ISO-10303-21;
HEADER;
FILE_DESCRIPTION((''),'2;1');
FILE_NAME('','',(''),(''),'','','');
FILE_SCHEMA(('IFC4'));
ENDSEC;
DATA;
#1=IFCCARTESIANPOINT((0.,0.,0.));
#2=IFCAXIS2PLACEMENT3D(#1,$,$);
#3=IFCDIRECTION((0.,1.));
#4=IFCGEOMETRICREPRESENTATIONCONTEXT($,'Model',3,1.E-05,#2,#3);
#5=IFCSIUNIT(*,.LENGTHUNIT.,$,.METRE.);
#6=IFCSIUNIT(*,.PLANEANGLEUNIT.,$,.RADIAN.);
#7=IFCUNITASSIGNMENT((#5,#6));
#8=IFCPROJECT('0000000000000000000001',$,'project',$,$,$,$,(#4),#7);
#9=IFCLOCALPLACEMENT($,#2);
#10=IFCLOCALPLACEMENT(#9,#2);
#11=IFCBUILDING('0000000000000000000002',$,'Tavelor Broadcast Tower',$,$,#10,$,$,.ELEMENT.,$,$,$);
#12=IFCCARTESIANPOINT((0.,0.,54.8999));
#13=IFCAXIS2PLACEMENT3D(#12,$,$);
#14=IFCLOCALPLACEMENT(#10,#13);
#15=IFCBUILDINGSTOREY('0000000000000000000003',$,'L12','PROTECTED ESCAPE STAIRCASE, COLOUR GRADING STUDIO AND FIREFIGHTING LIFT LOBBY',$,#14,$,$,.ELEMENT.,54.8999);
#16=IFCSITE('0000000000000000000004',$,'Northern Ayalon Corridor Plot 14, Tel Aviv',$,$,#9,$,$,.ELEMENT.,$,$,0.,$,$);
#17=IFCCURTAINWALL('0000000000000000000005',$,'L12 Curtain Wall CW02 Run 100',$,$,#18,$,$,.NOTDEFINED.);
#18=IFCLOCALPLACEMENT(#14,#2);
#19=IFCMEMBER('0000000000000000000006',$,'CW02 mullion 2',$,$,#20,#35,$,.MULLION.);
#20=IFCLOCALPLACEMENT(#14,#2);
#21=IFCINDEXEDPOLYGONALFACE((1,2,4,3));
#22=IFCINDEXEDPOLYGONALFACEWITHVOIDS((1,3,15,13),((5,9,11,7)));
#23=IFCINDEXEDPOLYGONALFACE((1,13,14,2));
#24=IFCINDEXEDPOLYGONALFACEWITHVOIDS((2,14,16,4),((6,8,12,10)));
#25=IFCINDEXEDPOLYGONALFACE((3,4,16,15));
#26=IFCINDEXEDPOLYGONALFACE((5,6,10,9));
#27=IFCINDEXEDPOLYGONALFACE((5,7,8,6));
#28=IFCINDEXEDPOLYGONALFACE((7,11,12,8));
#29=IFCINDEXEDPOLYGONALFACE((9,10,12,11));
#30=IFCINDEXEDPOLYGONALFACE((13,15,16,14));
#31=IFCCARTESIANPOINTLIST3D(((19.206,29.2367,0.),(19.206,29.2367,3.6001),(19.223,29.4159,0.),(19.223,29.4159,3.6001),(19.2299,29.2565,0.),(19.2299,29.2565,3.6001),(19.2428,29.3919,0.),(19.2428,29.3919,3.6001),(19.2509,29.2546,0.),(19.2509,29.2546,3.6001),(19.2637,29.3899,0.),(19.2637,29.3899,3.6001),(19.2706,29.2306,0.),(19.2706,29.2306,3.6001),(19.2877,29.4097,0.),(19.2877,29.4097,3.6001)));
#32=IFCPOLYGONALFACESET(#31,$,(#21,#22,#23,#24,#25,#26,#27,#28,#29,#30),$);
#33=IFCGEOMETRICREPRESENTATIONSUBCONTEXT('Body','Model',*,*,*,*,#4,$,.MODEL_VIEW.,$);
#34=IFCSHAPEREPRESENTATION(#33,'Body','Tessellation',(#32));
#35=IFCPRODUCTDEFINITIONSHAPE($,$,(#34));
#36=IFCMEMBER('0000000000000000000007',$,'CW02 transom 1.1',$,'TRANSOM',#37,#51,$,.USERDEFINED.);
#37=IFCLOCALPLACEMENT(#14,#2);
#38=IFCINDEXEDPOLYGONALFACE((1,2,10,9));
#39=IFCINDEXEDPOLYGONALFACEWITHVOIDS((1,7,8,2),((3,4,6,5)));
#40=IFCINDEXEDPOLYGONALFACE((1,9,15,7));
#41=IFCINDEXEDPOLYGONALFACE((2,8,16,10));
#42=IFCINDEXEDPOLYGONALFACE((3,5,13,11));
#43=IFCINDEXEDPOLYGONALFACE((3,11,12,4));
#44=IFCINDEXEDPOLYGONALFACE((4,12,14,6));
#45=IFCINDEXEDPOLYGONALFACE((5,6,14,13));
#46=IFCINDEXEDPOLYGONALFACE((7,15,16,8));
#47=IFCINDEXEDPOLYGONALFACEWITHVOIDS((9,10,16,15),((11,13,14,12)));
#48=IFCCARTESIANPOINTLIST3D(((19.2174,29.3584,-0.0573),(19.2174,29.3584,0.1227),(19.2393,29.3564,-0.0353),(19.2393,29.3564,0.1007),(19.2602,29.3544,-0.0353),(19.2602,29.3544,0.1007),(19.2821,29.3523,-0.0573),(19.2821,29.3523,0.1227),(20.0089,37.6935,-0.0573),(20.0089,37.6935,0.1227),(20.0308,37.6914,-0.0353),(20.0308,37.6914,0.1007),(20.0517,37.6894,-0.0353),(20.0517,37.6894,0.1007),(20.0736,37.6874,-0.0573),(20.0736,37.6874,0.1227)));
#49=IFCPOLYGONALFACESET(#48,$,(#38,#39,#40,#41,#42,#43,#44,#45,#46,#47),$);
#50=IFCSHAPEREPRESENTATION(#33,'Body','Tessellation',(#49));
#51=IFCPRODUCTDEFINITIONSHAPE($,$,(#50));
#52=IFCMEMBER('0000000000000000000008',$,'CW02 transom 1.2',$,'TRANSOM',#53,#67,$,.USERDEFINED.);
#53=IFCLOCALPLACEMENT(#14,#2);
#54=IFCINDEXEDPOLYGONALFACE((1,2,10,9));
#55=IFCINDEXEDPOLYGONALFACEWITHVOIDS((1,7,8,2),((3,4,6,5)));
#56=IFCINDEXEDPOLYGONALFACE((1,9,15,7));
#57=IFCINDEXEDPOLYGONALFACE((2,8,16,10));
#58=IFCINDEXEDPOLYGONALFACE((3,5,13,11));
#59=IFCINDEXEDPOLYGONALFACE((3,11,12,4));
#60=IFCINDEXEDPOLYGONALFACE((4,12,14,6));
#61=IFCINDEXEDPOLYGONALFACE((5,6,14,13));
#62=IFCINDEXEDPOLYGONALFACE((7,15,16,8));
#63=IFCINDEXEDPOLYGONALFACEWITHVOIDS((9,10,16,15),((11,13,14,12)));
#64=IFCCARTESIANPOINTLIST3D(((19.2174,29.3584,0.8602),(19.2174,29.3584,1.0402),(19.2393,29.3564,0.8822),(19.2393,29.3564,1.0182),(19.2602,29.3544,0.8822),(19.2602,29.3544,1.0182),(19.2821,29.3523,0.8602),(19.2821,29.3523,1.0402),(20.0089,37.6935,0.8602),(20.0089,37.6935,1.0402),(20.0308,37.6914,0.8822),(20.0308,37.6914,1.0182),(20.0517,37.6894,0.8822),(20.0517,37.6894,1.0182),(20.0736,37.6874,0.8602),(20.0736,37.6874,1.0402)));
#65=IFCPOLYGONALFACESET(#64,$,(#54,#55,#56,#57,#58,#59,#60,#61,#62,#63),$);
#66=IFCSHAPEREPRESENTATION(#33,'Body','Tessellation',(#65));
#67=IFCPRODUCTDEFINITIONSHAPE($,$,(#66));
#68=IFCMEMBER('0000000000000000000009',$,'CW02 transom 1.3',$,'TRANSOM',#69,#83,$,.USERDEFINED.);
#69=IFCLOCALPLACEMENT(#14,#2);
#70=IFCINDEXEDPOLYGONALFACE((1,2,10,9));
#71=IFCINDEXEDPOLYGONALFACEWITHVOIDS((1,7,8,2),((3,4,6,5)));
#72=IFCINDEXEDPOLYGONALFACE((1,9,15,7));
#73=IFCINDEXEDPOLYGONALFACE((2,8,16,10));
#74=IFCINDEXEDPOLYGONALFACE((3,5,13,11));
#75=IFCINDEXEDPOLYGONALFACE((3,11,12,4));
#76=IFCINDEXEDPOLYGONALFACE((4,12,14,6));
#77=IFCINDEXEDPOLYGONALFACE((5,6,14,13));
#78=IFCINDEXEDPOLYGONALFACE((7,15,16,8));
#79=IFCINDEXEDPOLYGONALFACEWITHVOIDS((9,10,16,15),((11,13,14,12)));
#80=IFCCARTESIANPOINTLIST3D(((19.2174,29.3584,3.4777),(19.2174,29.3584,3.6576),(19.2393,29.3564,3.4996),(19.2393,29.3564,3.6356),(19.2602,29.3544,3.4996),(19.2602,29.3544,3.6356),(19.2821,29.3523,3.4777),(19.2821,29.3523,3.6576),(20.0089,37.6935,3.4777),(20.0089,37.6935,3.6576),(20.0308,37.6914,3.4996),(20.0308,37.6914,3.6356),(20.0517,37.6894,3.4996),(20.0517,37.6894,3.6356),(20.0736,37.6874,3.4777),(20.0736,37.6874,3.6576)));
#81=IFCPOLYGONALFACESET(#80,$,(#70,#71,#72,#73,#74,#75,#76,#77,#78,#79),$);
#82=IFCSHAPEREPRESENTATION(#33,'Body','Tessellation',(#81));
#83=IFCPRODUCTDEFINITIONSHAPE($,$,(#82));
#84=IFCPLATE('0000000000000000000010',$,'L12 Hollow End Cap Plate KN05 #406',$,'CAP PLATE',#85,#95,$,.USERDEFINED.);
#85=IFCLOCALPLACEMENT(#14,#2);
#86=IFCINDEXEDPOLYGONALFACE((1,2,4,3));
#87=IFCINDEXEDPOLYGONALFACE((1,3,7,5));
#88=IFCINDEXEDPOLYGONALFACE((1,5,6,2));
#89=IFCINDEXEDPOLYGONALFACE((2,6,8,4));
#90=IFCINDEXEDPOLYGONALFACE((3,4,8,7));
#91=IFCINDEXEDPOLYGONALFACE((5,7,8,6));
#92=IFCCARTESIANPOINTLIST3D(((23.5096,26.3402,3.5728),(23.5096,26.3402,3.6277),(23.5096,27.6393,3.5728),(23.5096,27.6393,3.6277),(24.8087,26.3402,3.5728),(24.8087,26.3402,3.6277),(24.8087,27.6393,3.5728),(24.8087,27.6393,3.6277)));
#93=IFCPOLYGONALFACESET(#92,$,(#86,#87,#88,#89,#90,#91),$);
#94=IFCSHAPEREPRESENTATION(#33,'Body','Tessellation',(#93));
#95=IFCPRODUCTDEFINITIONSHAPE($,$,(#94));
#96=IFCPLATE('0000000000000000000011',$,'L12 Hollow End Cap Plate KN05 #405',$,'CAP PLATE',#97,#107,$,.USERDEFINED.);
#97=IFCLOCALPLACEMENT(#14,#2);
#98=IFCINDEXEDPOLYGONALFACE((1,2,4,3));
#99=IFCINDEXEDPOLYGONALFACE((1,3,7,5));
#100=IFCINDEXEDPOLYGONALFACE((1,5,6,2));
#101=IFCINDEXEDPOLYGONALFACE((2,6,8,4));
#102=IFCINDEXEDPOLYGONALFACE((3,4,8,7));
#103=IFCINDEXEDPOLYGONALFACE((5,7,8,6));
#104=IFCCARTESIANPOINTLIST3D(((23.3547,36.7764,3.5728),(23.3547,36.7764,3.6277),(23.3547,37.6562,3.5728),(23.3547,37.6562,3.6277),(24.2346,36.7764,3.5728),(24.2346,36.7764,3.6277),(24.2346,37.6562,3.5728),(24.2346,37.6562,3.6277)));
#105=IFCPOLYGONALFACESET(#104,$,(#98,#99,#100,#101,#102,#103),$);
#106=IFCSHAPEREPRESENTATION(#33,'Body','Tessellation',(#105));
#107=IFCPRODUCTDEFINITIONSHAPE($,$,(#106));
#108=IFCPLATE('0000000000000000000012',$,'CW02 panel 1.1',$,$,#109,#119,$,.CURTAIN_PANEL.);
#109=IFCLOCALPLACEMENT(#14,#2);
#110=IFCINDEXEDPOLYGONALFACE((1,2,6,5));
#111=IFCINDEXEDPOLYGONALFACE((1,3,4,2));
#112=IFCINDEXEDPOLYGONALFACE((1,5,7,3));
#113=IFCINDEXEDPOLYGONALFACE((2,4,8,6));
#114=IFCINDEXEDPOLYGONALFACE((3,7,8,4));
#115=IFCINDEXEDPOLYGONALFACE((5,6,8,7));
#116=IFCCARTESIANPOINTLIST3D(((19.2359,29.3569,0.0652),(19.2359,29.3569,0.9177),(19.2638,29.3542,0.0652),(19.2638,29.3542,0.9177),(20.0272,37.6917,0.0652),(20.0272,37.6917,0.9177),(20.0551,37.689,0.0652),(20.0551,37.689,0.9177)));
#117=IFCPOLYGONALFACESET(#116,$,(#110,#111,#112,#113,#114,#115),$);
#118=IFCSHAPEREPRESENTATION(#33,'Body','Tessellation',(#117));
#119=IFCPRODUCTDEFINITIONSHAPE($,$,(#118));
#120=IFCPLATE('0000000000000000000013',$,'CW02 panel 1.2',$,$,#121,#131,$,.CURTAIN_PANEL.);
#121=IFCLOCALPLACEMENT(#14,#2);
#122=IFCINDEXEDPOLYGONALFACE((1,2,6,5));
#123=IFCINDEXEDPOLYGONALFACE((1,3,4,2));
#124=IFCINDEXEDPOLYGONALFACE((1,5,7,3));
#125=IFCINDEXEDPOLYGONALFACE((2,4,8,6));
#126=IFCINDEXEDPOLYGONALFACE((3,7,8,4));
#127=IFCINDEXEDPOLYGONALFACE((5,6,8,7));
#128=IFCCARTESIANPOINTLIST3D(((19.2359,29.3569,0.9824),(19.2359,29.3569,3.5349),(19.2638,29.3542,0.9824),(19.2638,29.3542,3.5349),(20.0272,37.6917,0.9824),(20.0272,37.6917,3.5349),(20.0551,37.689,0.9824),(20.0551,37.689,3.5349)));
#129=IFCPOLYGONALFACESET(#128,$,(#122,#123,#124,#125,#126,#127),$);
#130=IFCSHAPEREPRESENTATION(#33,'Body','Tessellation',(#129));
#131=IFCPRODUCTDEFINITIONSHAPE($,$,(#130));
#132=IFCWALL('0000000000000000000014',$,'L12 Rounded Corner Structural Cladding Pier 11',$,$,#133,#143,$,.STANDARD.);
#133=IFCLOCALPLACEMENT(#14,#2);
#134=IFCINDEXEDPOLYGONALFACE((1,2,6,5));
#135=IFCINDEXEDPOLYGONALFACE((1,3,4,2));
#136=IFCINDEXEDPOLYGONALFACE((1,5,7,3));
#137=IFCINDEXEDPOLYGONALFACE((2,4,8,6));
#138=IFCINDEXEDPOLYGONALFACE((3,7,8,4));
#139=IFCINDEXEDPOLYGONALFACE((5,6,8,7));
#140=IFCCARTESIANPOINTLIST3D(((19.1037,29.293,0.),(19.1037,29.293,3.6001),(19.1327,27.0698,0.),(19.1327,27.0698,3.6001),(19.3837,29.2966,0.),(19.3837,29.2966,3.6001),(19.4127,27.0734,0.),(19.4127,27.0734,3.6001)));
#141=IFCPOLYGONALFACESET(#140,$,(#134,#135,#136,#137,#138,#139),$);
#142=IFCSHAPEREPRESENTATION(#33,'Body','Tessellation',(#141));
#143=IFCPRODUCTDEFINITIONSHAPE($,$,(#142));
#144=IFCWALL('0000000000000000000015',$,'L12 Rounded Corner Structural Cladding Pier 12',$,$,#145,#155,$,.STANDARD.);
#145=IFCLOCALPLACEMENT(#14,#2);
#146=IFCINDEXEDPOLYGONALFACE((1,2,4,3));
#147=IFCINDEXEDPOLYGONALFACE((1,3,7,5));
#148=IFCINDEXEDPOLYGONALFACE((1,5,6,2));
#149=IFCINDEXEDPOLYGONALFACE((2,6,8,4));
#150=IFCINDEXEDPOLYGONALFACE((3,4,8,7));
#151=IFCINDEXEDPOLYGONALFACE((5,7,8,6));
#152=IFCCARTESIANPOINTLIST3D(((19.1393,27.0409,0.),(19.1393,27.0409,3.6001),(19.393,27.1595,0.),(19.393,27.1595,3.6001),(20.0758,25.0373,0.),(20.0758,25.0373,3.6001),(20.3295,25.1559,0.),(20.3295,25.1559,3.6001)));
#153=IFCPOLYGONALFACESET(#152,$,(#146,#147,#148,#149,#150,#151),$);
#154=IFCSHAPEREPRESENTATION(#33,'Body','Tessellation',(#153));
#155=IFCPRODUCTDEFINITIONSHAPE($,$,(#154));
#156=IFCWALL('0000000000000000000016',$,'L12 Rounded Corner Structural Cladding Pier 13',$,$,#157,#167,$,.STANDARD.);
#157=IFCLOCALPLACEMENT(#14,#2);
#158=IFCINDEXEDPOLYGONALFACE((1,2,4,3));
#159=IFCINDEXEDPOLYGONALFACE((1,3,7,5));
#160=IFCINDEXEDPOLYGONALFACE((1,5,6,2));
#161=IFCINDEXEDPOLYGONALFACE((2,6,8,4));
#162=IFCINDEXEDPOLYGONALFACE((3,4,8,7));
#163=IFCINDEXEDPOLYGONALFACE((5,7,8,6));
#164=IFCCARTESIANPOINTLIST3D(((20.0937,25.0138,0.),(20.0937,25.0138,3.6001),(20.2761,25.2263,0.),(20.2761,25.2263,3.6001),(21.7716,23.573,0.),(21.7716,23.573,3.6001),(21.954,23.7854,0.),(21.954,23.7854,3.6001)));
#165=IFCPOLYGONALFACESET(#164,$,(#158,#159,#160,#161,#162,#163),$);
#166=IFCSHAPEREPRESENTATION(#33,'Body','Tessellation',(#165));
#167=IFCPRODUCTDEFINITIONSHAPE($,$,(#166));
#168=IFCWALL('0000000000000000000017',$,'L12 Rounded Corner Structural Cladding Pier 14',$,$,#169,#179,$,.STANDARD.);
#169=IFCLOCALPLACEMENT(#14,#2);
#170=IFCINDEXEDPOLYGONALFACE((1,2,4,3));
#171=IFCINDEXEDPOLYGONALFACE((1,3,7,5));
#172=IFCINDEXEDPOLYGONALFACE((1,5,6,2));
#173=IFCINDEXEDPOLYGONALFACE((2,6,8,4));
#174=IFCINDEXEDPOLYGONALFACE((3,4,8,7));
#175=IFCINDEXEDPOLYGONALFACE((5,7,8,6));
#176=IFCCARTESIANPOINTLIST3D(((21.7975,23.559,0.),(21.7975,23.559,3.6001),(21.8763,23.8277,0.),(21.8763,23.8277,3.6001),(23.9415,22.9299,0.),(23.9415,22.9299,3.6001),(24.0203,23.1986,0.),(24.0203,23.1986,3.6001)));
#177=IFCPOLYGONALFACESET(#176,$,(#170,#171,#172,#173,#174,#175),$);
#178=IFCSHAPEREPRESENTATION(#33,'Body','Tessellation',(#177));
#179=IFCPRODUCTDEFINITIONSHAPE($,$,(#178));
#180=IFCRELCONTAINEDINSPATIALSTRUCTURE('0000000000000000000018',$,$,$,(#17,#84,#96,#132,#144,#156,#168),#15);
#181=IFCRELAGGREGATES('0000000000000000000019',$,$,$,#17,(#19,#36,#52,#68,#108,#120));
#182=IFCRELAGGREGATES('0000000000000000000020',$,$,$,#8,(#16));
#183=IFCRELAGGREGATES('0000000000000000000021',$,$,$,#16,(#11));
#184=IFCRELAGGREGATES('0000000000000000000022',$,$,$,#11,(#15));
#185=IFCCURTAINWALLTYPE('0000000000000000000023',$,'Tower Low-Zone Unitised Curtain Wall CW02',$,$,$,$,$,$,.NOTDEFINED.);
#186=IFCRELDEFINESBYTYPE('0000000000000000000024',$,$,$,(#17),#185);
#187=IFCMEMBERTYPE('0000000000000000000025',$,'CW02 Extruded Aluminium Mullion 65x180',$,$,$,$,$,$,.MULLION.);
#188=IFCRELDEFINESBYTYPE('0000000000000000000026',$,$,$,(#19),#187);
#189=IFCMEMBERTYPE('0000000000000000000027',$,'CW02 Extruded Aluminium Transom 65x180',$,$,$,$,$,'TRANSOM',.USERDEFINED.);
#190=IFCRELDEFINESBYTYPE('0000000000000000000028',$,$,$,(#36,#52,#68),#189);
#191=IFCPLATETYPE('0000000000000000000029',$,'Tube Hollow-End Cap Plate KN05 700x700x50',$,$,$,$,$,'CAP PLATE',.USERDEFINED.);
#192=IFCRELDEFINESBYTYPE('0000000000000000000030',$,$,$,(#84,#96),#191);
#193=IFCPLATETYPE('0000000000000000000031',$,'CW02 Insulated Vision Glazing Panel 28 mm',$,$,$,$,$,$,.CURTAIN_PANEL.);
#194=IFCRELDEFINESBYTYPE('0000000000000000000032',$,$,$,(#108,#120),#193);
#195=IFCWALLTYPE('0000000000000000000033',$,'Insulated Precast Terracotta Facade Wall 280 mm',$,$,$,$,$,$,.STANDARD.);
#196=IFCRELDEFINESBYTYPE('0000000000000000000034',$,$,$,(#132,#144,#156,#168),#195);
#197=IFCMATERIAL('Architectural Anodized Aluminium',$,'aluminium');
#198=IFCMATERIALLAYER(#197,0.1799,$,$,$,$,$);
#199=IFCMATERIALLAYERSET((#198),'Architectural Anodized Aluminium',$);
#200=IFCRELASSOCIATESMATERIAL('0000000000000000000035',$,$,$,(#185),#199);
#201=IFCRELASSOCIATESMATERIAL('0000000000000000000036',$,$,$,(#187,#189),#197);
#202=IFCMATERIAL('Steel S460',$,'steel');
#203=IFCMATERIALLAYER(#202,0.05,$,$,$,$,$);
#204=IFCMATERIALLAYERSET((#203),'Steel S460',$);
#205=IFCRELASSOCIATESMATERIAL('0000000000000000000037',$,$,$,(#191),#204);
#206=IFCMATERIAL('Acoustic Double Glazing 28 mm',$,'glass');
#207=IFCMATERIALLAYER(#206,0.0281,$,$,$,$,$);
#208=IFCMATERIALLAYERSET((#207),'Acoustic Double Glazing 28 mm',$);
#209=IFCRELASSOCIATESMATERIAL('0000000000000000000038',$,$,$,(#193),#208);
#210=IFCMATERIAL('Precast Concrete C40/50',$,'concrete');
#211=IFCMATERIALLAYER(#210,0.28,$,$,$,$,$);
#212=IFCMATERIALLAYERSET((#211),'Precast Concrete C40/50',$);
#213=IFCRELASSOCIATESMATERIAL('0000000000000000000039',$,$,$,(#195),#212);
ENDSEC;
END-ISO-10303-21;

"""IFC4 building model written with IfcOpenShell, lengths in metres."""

from ifc_helpers import new_model, si_unit, direction, frame, frame_2d, origin, origin_2d, place, context, subcontext, project, spatial, rectangle, hollow_rectangle, extrude, source, transform, mapped, material, layer, layer_set, material_profile, profile_set, type_object, type_shapes, element, aggregate, save


model = new_model("IFC4")

# Units and contexts
model_context = context("Model", 3, precision=1e-05, world=origin(), true_north=direction((0.0, 1.0)))
body_context = subcontext(model_context, "Body", "Model", "MODEL_VIEW")
ifc_project = project(units=[si_unit("LENGTHUNIT", "METRE"), si_unit("PLANEANGLEUNIT", "RADIAN")], contexts=[model_context])

# Site, building, storey
site_placement = place(None, origin())
site = spatial("IfcSite", under=ifc_project, at=site_placement, Name="Northern Ayalon Corridor Plot 14, Tel Aviv", CompositionType="ELEMENT", RefElevation=0.0)
building_placement = place(site_placement, origin())
building = spatial("IfcBuilding", under=site, at=building_placement, Name="Tavelor Broadcast Tower", CompositionType="ELEMENT")
storey_placement = place(building_placement, frame((0.0, 0.0, 54.8999)))
storey = spatial("IfcBuildingStorey", under=building, at=storey_placement, Name="L12", Description="PROTECTED ESCAPE STAIRCASE, COLOUR GRADING STUDIO AND FIREFIGHTING LIFT LOBBY", CompositionType="ELEMENT", Elevation=54.8999)

# Shared definitions
ifc_material_1 = material(Name="Steel S460", Category="steel")

# Shared definitions
ifc_material_2 = material(Name="Architectural Anodized Aluminium", Category="aluminium")
ifc_layer_1 = layer(ifc_material_2, 0.1799)
ifc_layer_set_1 = layer_set([ifc_layer_1], Name="Architectural Anodized Aluminium")
curtain_wall_type = type_object("IfcCurtainWallType", Name="Tower Low-Zone Unitised Curtain Wall CW02", PredefinedType="NOTDEFINED", material=ifc_layer_set_1)
ifc_material_profile_1 = material_profile(ifc_material_2, hollow_rectangle(XDim=0.0649, YDim=0.1799, WallThickness=0.022, at=origin_2d()), Name="RHS 65x180x22")
ifc_profile_set_1 = profile_set([ifc_material_profile_1], Name="Architectural Anodized Aluminium")
member_type_1 = type_object("IfcMemberType", Name="CW02 Extruded Aluminium Mullion 65x180", PredefinedType="MULLION", material=ifc_profile_set_1)
shared_shape_1 = source(origin(), body_context, "Body", "SweptSolid", [
    extrude(hollow_rectangle(XDim=0.0649, YDim=0.1799, WallThickness=0.022, at=origin_2d()), origin(), (0.0, 0.0, 1.0), 3.6001),
])
type_shapes(member_type_1, [shared_shape_1])

# Curtain wall, members
curtain_wall_1_placement = place(storey_placement, origin())
curtain_wall_1 = element("IfcCurtainWall", 1, at=curtain_wall_1_placement, inside=storey, type_object=curtain_wall_type, Name="L12 Curtain Wall CW02 Run 100", PredefinedType="NOTDEFINED")
member_1_placement = place(storey_placement, frame((19.2468, 29.3232, 0.0), z_axis=(0.0, 0.0, 1.0), x_axis=(0.995523, -0.094515, 0.0)))
member_1 = element("IfcMember", 2, at=member_1_placement, type_object=member_type_1, Name="CW02 mullion 2", PredefinedType="MULLION", context=body_context, shape_type="MappedRepresentation", body=[
    mapped(shared_shape_1, transform((0.0, 0.0, 0.0), scale=1.0)),
])
ifc_material_profile_2 = material_profile(ifc_material_2, hollow_rectangle(XDim=0.0649, YDim=0.1799, WallThickness=0.022, at=origin_2d()), Name="RHS 65x180x22")
ifc_profile_set_2 = profile_set([ifc_material_profile_2], Name="Architectural Anodized Aluminium")
member_type_2 = type_object("IfcMemberType", Name="CW02 Extruded Aluminium Transom 65x180", ElementType="TRANSOM", PredefinedType="USERDEFINED", material=ifc_profile_set_2)
shared_shape_2 = source(origin(), body_context, "Body", "SweptSolid", [
    extrude(hollow_rectangle(XDim=0.0649, YDim=0.1799, WallThickness=0.022, at=origin_2d()), origin(), (0.0, 0.0, 1.0), 8.3726),
])
type_shapes(member_type_2, [shared_shape_2])
member_2_placement = place(storey_placement, frame((20.0413, 37.6904, 0.0327), z_axis=(-0.094537, -0.995521, 0.0), x_axis=(0.995521, -0.094537, 0.0)))
member_2 = element("IfcMember", 3, at=member_2_placement, type_object=member_type_2, Name="CW02 transom 1.1", ObjectType="TRANSOM", PredefinedType="USERDEFINED", context=body_context, shape_type="MappedRepresentation", body=[
    mapped(shared_shape_2, transform((0.0, 0.0, 0.0), scale=1.0)),
])
member_3_placement = place(storey_placement, frame((20.0413, 37.6904, 0.9502), z_axis=(-0.094537, -0.995521, 0.0), x_axis=(0.995521, -0.094537, 0.0)))
member_3 = element("IfcMember", 4, at=member_3_placement, type_object=member_type_2, Name="CW02 transom 1.2", ObjectType="TRANSOM", PredefinedType="USERDEFINED", context=body_context, shape_type="MappedRepresentation", body=[
    mapped(shared_shape_2, transform((0.0, 0.0, 0.0), scale=1.0)),
])
member_4_placement = place(storey_placement, frame((20.0413, 37.6904, 3.5676), z_axis=(-0.094537, -0.995521, 0.0), x_axis=(0.995521, -0.094537, 0.0)))
member_4 = element("IfcMember", 5, at=member_4_placement, type_object=member_type_2, Name="CW02 transom 1.3", ObjectType="TRANSOM", PredefinedType="USERDEFINED", context=body_context, shape_type="MappedRepresentation", body=[
    mapped(shared_shape_2, transform((0.0, 0.0, 0.0), scale=1.0)),
])

# Plates
ifc_layer_2 = layer(ifc_material_1, 0.05)
ifc_layer_set_2 = layer_set([ifc_layer_2], Name="Steel S460")
plate_type_1 = type_object("IfcPlateType", Name="Tube Hollow-End Cap Plate KN05 700x700x50", ElementType="CAP PLATE", PredefinedType="USERDEFINED", material=ifc_layer_set_2)
shared_shape_3 = source(origin(), body_context, "Body", "SweptSolid", [
    extrude(rectangle(XDim=1.2991, YDim=1.2991, at=origin_2d()), origin(), (0.0, 0.0, 1.0), 0.0549),
])
plate_1_placement = place(storey_placement, frame((24.1592, 26.9897, 3.5728), z_axis=(0.0, 0.0, 1.0), x_axis=(1.0, 0.0, 0.0)))
element("IfcPlate", 6, at=plate_1_placement, inside=storey, type_object=plate_type_1, Name="L12 Hollow End Cap Plate KN05 #406", ObjectType="CAP PLATE", PredefinedType="USERDEFINED", context=body_context, shape_type="MappedRepresentation", body=[
    mapped(shared_shape_3, transform((0.0, 0.0, 0.0), scale=1.0)),
])
shared_shape_4 = source(origin(), body_context, "Body", "SweptSolid", [
    extrude(rectangle(XDim=0.8799, YDim=0.8799, at=origin_2d()), origin(), (0.0, 0.0, 1.0), 0.0549),
])
type_shapes(plate_type_1, [shared_shape_3, shared_shape_4])
plate_2_placement = place(storey_placement, frame((23.7947, 37.2163, 3.5728), z_axis=(0.0, 0.0, 1.0), x_axis=(1.0, 0.0, 0.0)))
element("IfcPlate", 7, at=plate_2_placement, inside=storey, type_object=plate_type_1, Name="L12 Hollow End Cap Plate KN05 #405", ObjectType="CAP PLATE", PredefinedType="USERDEFINED", context=body_context, shape_type="MappedRepresentation", body=[
    mapped(shared_shape_4, transform((0.0, 0.0, 0.0), scale=1.0)),
])

# Plates
ifc_material_3 = material(Name="Acoustic Double Glazing 28 mm", Category="glass")
ifc_layer_3 = layer(ifc_material_3, 0.0281)
ifc_layer_set_3 = layer_set([ifc_layer_3], Name="Acoustic Double Glazing 28 mm")
plate_type_2 = type_object("IfcPlateType", Name="CW02 Insulated Vision Glazing Panel 28 mm", PredefinedType="CURTAIN_PANEL", material=ifc_layer_set_3)
shared_shape_5 = source(origin(), body_context, "Body", "SweptSolid", [
    extrude(rectangle(XDim=8.3723, YDim=0.0281, at=origin_2d()), origin(), (0.0, 0.0, 1.0), 0.8525),
])
plate_3_placement = place(storey_placement, frame((19.6455, 33.5229, 0.0652), z_axis=(0.0, 0.0, 1.0), x_axis=(-0.094515, -0.995523, 0.0)))
plate_3 = element("IfcPlate", 8, at=plate_3_placement, type_object=plate_type_2, Name="CW02 panel 1.1", PredefinedType="CURTAIN_PANEL", context=body_context, shape_type="MappedRepresentation", body=[
    mapped(shared_shape_5, transform((0.0, 0.0, 0.0), scale=1.0)),
])
shared_shape_6 = source(origin(), body_context, "Body", "SweptSolid", [
    extrude(rectangle(XDim=8.3723, YDim=0.0281, at=origin_2d()), origin(), (0.0, 0.0, 1.0), 2.5525),
])
type_shapes(plate_type_2, [shared_shape_5, shared_shape_6])
plate_4_placement = place(storey_placement, frame((19.6455, 33.5229, 0.9824), z_axis=(0.0, 0.0, 1.0), x_axis=(-0.094515, -0.995523, 0.0)))
plate_4 = element("IfcPlate", 9, at=plate_4_placement, type_object=plate_type_2, Name="CW02 panel 1.2", PredefinedType="CURTAIN_PANEL", context=body_context, shape_type="MappedRepresentation", body=[
    mapped(shared_shape_6, transform((0.0, 0.0, 0.0), scale=1.0)),
])
aggregate(curtain_wall_1, [member_1, member_2, member_3, member_4, plate_3, plate_4])

# Walls
ifc_material_4 = material(Name="Precast Concrete C40/50", Category="concrete")
ifc_layer_4 = layer(ifc_material_4, 0.28)
ifc_layer_set_4 = layer_set([ifc_layer_4], Name="Precast Concrete C40/50")
wall_type_1 = type_object("IfcWallType", Name="Insulated Precast Terracotta Facade Wall 280 mm", PredefinedType="STANDARD", material=ifc_layer_set_4)
wall_1_placement = place(storey_placement, frame((19.2437, 29.2949, 0.0), z_axis=(0.0, 0.0, 1.0), x_axis=(0.013067, -0.999915, 0.0)))
element("IfcWall", 10, at=wall_1_placement, inside=storey, type_object=wall_type_1, Name="L12 Rounded Corner Structural Cladding Pier 11", PredefinedType="STANDARD", context=body_context, shape_type="SweptSolid", body=[
    extrude(rectangle(XDim=2.2234, YDim=0.28, at=frame_2d((1.1118, 0.0))), origin(), (0.0, 0.0, 1.0), 3.6001),
])
for number, where, z_axis, x_axis, name in (
    (11, (19.2661, 27.1003, 0.0), (0.0, 0.0, 1.0), (0.423435, -0.905926, 0.0), "L12 Rounded Corner Structural Cladding Pier 12"),
    (12, (20.1848, 25.1201, 0.0), (0.0, 0.0, 1.0), (0.758664, -0.651482, 0.0), "L12 Rounded Corner Structural Cladding Pier 13"),
):
    element("IfcWall", number, at=place(storey_placement, frame(where, z_axis=z_axis, x_axis=x_axis)), inside=storey, type_object=wall_type_1, Name=name, PredefinedType="STANDARD", context=body_context, shape_type="SweptSolid", body=[
        extrude(rectangle(XDim=2.2117, YDim=0.28, at=frame_2d((1.106, 0.0))), origin(), (0.0, 0.0, 1.0), 3.6001),
    ])
wall_2_placement = place(storey_placement, frame((21.8369, 23.6934, 0.0), z_axis=(0.0, 0.0, 1.0), x_axis=(0.959541, -0.281569, 0.0)))
element("IfcWall", 13, at=wall_2_placement, inside=storey, type_object=wall_type_1, Name="L12 Rounded Corner Structural Cladding Pier 14", PredefinedType="STANDARD", context=body_context, shape_type="SweptSolid", body=[
    extrude(rectangle(XDim=2.2344, YDim=0.28, at=frame_2d((1.1172, 0.0))), origin(), (0.0, 0.0, 1.0), 3.6001),
])

save(model, "model.ifc")
